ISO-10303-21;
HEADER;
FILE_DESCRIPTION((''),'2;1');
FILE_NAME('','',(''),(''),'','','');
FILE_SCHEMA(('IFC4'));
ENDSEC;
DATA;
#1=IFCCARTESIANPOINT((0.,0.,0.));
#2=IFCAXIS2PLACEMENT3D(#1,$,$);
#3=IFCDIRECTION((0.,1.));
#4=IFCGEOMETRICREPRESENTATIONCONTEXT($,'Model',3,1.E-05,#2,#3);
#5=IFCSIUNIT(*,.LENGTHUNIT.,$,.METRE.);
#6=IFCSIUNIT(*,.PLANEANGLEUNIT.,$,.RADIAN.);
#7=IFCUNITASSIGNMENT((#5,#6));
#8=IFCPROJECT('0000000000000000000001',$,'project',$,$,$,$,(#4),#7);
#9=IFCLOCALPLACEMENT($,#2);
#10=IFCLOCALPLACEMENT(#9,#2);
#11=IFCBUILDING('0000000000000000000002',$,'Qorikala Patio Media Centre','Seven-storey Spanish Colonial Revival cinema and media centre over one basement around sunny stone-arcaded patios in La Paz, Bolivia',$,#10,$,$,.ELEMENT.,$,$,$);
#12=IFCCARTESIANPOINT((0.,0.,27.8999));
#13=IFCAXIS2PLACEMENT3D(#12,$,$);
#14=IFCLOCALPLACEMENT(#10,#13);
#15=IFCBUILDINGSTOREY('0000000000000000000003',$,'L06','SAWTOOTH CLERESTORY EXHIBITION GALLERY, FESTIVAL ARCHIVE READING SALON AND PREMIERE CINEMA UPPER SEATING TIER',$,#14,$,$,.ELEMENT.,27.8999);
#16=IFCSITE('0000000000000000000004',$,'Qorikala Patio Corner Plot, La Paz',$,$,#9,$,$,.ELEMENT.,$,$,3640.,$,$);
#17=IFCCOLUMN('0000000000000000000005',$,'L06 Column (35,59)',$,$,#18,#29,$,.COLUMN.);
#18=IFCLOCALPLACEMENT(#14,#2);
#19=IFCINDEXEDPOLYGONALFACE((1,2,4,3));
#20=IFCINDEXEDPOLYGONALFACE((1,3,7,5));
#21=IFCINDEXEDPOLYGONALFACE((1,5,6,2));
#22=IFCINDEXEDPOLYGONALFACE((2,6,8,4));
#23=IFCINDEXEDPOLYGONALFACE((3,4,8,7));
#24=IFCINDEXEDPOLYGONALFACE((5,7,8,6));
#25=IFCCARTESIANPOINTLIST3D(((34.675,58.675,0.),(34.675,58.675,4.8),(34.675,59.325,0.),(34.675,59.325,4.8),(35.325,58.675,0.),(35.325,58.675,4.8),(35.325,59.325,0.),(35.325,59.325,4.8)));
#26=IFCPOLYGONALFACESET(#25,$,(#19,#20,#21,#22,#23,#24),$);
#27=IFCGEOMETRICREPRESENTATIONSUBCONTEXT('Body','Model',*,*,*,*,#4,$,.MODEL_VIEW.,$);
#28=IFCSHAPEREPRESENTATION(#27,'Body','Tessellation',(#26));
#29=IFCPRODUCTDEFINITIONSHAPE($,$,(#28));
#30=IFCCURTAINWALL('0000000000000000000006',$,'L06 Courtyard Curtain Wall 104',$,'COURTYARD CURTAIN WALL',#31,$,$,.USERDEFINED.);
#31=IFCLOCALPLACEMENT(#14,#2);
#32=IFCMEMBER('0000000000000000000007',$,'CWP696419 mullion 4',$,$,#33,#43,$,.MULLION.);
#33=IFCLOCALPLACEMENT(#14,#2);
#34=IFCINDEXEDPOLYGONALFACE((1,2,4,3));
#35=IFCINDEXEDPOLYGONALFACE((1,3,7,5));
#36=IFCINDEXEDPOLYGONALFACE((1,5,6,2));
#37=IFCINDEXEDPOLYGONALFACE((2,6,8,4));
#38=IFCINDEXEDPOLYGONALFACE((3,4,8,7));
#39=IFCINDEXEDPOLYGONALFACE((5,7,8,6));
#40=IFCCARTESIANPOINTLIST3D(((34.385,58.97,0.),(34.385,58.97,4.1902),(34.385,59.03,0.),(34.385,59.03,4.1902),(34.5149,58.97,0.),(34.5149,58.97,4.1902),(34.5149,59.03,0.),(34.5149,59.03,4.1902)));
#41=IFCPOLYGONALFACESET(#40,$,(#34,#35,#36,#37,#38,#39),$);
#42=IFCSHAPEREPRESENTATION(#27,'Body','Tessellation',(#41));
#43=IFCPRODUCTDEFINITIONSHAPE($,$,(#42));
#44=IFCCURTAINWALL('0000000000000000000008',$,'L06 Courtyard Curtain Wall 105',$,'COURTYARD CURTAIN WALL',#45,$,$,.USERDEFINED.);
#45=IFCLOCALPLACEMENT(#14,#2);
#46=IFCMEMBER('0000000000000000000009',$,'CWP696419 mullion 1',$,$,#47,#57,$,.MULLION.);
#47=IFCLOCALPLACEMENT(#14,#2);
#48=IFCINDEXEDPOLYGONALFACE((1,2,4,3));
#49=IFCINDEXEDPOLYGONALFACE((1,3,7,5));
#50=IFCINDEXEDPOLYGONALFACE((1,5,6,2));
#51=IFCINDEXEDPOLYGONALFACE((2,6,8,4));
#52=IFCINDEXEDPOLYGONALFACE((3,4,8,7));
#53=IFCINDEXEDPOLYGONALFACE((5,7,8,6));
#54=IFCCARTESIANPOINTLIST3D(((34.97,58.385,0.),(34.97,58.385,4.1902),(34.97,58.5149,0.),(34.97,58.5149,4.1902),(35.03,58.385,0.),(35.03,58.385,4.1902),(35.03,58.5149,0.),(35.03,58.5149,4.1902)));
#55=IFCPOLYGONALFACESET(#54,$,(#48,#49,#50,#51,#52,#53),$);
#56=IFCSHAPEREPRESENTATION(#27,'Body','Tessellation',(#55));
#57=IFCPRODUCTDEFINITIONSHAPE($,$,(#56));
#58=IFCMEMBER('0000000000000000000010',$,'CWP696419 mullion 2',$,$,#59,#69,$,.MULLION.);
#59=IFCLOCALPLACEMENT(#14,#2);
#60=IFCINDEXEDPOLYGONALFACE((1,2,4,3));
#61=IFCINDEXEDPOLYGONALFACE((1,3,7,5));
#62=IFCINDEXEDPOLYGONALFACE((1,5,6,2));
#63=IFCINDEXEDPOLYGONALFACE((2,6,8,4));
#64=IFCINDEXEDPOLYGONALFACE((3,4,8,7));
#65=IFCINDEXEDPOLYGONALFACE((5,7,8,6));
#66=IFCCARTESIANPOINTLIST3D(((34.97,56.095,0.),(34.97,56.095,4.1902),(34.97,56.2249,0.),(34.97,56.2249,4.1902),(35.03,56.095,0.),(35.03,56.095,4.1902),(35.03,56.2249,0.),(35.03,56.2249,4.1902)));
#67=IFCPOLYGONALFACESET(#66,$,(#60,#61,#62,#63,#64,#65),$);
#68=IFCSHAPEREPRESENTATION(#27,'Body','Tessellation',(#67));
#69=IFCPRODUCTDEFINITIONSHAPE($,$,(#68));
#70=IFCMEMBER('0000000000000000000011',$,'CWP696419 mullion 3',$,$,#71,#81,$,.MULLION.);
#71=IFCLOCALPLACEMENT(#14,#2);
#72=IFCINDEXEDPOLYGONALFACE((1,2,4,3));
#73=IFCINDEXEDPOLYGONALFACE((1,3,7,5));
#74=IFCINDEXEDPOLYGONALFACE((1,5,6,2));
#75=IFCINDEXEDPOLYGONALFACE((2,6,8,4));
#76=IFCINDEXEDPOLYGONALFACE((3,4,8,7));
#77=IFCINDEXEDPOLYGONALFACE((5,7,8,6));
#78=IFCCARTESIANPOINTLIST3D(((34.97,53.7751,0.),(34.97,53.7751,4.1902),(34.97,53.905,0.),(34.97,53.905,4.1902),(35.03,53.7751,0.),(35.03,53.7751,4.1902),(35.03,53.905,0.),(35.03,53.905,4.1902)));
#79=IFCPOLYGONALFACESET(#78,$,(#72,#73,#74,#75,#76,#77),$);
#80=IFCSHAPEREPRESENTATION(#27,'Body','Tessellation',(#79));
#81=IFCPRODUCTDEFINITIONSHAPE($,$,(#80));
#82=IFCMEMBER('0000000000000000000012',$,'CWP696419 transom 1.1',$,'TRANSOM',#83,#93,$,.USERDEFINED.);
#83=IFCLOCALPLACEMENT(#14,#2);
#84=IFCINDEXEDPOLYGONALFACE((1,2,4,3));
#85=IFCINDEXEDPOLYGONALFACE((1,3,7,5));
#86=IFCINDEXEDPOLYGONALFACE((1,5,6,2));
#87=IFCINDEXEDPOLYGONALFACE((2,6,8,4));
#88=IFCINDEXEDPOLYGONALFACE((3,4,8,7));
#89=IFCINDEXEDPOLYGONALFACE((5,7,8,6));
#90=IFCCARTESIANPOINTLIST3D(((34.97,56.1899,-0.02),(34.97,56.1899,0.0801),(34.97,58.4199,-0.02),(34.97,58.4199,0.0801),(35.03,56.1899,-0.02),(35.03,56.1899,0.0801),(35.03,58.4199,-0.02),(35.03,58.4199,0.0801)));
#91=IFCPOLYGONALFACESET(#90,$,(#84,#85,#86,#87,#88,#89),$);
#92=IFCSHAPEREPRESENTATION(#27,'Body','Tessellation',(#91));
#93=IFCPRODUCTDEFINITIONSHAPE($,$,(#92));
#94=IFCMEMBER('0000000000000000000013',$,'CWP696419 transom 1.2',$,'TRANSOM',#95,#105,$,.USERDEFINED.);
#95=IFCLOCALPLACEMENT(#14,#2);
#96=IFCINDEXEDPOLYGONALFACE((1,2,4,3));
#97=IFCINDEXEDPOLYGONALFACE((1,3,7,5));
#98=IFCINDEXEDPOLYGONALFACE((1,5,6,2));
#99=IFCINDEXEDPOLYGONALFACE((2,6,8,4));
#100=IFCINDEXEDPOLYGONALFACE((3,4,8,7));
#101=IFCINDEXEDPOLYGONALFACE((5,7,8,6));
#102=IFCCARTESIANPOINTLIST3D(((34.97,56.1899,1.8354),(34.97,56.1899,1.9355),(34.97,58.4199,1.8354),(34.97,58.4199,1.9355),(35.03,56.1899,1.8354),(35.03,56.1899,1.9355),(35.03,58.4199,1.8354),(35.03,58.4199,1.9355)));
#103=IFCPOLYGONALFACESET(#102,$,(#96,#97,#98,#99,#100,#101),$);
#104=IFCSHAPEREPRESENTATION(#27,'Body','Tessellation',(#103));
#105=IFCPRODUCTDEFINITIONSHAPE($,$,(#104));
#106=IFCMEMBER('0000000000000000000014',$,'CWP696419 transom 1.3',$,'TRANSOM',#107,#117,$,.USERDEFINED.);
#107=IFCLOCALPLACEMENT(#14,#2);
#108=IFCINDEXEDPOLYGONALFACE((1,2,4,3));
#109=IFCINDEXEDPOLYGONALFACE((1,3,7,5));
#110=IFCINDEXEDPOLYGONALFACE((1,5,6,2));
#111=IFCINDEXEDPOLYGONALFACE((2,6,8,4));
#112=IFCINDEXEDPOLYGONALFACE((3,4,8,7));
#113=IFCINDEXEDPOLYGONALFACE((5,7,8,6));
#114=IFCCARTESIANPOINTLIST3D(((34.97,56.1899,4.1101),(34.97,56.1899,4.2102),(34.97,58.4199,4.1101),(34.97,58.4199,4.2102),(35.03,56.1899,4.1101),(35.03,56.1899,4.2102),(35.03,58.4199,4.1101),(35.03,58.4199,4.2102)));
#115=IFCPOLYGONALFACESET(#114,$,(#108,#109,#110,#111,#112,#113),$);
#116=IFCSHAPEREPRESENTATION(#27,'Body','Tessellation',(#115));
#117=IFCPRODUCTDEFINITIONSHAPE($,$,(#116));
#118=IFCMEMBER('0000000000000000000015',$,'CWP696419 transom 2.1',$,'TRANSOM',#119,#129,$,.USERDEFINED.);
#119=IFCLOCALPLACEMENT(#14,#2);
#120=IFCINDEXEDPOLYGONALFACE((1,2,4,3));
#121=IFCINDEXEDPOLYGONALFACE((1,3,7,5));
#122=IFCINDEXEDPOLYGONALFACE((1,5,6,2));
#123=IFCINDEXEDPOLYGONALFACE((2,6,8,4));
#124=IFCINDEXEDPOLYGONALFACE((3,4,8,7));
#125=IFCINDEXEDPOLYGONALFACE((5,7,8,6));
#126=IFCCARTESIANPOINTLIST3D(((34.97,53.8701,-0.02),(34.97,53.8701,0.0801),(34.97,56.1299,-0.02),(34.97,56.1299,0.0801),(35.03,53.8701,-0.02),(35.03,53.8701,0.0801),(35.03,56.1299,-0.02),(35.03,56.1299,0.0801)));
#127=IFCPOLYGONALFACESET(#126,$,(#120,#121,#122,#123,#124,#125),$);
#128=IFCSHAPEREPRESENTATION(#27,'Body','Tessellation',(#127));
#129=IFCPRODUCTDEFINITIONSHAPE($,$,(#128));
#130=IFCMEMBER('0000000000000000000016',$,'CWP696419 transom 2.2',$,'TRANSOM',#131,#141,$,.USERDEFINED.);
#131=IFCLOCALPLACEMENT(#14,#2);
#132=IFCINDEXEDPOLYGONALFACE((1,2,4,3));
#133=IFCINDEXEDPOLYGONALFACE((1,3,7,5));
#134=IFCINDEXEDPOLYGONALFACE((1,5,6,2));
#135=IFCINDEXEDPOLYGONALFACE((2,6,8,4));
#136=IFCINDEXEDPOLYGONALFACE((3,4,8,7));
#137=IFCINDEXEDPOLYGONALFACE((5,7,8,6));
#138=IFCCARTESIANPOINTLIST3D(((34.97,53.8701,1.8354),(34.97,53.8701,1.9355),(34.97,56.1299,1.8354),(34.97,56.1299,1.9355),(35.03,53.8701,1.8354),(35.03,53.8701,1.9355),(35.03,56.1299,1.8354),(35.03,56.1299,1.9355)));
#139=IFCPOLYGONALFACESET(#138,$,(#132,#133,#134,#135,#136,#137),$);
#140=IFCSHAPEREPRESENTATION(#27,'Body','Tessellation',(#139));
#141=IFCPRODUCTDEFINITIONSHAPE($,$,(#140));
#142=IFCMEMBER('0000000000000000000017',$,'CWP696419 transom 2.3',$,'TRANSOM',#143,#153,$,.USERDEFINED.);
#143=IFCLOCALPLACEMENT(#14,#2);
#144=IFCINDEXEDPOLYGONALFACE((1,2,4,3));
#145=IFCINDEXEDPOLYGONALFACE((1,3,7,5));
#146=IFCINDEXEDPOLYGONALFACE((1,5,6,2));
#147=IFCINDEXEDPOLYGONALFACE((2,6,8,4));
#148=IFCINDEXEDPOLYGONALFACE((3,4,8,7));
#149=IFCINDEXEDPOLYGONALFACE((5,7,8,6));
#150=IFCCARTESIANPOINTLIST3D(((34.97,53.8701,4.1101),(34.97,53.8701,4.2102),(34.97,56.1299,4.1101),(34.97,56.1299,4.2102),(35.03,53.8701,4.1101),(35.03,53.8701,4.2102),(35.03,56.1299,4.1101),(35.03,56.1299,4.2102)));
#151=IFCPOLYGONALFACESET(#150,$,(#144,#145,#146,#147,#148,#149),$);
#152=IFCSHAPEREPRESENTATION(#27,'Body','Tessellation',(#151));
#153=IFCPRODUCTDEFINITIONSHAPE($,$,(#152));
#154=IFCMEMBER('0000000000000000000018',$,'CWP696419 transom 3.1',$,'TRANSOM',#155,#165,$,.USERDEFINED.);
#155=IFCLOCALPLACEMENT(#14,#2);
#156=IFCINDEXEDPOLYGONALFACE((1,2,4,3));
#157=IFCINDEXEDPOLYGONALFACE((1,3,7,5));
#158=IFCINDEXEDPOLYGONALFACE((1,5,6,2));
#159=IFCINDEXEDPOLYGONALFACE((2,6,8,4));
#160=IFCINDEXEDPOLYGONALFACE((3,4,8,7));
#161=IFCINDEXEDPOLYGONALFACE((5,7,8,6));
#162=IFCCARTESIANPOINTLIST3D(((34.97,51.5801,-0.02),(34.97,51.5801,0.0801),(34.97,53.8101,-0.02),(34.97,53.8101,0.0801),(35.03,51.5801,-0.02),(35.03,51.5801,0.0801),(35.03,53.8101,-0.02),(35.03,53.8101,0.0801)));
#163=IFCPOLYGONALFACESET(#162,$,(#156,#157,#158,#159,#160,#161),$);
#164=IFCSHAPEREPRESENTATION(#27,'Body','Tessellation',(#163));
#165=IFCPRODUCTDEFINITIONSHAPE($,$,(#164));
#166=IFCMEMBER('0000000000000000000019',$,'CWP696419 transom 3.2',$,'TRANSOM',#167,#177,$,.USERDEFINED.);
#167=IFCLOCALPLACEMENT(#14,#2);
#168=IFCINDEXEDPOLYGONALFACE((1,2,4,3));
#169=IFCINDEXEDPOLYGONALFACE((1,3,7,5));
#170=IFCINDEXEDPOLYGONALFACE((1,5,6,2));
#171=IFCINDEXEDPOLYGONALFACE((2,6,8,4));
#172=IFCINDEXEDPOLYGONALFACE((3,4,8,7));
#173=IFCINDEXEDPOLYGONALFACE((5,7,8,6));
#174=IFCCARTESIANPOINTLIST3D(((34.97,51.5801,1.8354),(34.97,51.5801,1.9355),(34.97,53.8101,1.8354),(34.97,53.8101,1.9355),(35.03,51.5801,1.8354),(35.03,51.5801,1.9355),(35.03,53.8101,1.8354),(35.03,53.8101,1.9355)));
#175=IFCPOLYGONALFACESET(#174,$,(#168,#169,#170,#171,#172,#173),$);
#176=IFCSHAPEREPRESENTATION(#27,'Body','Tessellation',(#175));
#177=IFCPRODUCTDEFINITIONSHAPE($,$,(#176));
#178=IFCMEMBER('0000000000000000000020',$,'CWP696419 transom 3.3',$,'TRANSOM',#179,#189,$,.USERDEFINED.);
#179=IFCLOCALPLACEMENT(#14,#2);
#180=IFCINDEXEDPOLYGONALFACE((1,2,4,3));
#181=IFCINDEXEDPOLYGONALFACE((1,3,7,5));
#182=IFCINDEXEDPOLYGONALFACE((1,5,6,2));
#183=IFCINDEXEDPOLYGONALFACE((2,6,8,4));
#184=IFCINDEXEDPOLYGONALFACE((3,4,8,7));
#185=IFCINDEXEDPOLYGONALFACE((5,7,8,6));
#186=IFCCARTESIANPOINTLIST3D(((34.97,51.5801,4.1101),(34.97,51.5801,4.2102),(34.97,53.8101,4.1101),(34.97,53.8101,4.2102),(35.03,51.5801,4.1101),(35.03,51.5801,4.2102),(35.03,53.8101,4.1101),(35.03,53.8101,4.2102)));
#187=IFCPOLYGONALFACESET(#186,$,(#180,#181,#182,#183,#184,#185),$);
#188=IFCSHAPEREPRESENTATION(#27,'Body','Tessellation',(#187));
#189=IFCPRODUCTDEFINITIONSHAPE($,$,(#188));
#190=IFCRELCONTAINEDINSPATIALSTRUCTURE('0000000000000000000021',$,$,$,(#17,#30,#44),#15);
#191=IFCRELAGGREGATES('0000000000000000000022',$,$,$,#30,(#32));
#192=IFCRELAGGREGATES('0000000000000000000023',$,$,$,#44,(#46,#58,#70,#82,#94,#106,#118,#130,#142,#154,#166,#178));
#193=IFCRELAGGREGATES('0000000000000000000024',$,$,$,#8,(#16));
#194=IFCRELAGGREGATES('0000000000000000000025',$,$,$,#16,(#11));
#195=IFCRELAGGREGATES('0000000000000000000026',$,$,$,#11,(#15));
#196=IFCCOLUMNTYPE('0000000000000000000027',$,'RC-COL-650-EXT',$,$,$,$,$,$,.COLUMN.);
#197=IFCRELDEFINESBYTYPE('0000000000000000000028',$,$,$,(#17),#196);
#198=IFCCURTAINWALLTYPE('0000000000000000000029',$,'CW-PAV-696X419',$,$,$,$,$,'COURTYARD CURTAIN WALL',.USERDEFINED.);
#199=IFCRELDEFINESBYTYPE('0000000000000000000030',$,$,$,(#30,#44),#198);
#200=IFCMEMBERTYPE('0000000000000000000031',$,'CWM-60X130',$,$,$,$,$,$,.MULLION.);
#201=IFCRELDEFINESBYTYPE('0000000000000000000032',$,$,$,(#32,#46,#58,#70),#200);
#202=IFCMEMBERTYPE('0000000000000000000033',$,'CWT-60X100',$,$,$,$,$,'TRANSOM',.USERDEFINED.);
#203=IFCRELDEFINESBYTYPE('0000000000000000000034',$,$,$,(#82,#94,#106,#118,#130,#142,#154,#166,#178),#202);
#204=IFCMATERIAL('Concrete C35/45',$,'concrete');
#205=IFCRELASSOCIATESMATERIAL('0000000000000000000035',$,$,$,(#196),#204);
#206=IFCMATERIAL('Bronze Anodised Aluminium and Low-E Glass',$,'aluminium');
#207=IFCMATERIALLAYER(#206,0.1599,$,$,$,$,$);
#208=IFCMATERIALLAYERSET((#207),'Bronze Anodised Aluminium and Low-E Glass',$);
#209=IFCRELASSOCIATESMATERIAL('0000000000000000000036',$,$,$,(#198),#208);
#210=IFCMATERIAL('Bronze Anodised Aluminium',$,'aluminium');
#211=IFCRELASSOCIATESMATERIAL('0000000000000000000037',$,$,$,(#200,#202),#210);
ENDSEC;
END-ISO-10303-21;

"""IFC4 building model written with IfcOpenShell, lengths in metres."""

from ifc_helpers import new_model, si_unit, direction, frame, origin, origin_2d, place, context, subcontext, project, spatial, rectangle, extrude, material, layer, layer_set, material_profile, profile_set, type_object, element, aggregate, save


model = new_model("IFC4")

# Units and contexts
model_context = context("Model", 3, precision=1e-05, world=origin(), true_north=direction((0.0, 1.0)))
body_context = subcontext(model_context, "Body", "Model", "MODEL_VIEW")
ifc_project = project(units=[si_unit("LENGTHUNIT", "METRE"), si_unit("PLANEANGLEUNIT", "RADIAN")], contexts=[model_context])

# Site, building, storey
site_placement = place(None, origin())
site = spatial("IfcSite", under=ifc_project, at=site_placement, Name="Qorikala Patio Corner Plot, La Paz", CompositionType="ELEMENT", RefElevation=3640.0)
building_placement = place(site_placement, origin())
building = spatial("IfcBuilding", under=site, at=building_placement, Name="Qorikala Patio Media Centre", Description="Seven-storey Spanish Colonial Revival cinema and media centre over one basement around sunny stone-arcaded patios in La Paz, Bolivia", CompositionType="ELEMENT")
storey_placement = place(building_placement, frame((0.0, 0.0, 27.8999)))
storey = spatial("IfcBuildingStorey", under=building, at=storey_placement, Name="L06", Description="SAWTOOTH CLERESTORY EXHIBITION GALLERY, FESTIVAL ARCHIVE READING SALON AND PREMIERE CINEMA UPPER SEATING TIER", CompositionType="ELEMENT", Elevation=27.8999)

# Column
ifc_material_1 = material(Name="Concrete C35/45", Category="concrete")
ifc_material_profile_1 = material_profile(ifc_material_1, rectangle(XDim=0.6499, YDim=0.6499, at=origin_2d()), Name="RC 650x650")
ifc_profile_set_1 = profile_set([ifc_material_profile_1], Name="Concrete C35/45")
column_type = type_object("IfcColumnType", Name="RC-COL-650-EXT", PredefinedType="COLUMN", material=ifc_profile_set_1)
column_placement = place(storey_placement, frame((35.0, 59.0, 0.0), z_axis=(0.0, 0.0, 1.0), x_axis=(1.0, 0.0, 0.0)))
element("IfcColumn", 1, at=column_placement, inside=storey, type_object=column_type, Name="L06 Column (35,59)", PredefinedType="COLUMN", context=body_context, shape_type="SweptSolid", body=[
    extrude(rectangle(XDim=0.6499, YDim=0.6499, at=origin_2d()), origin(), (0.0, 0.0, 1.0), 4.8),
])

# Curtain wall, member
ifc_material_2 = material(Name="Bronze Anodised Aluminium and Low-E Glass", Category="aluminium")
ifc_layer_1 = layer(ifc_material_2, 0.1599)
ifc_layer_set_1 = layer_set([ifc_layer_1], Name="Bronze Anodised Aluminium and Low-E Glass")
curtain_wall_type = type_object("IfcCurtainWallType", Name="CW-PAV-696X419", ElementType="COURTYARD CURTAIN WALL", PredefinedType="USERDEFINED", material=ifc_layer_set_1)
curtain_wall_1_placement = place(storey_placement, origin())
curtain_wall_1 = element("IfcCurtainWall", 2, at=curtain_wall_1_placement, inside=storey, type_object=curtain_wall_type, Name="L06 Courtyard Curtain Wall 104", ObjectType="COURTYARD CURTAIN WALL", PredefinedType="USERDEFINED")
ifc_material_3 = material(Name="Bronze Anodised Aluminium", Category="aluminium")
ifc_material_profile_2 = material_profile(ifc_material_3, rectangle(XDim=0.0601, YDim=0.1299, at=origin_2d()), Name="ALU MULLION 60x130")
ifc_profile_set_2 = profile_set([ifc_material_profile_2], Name="Bronze Anodised Aluminium")
member_type_1 = type_object("IfcMemberType", Name="CWM-60X130", PredefinedType="MULLION", material=ifc_profile_set_2)
member_1_placement = place(storey_placement, frame((34.45, 59.0, 0.0), z_axis=(0.0, 0.0, 1.0), x_axis=(0.0, 1.0, 0.0)))
member_1 = element("IfcMember", 3, at=member_1_placement, type_object=member_type_1, Name="CWP696419 mullion 4", PredefinedType="MULLION", context=body_context, shape_type="SweptSolid", body=[
    extrude(rectangle(XDim=0.0601, YDim=0.1299, at=origin_2d()), origin(), (0.0, 0.0, 1.0), 4.1902),
])
aggregate(curtain_wall_1, [member_1])

# Curtain wall, members
curtain_wall_2_placement = place(storey_placement, origin())
curtain_wall_2 = element("IfcCurtainWall", 4, at=curtain_wall_2_placement, inside=storey, type_object=curtain_wall_type, Name="L06 Courtyard Curtain Wall 105", ObjectType="COURTYARD CURTAIN WALL", PredefinedType="USERDEFINED")
member_2_placement = place(storey_placement, frame((35.0, 58.45, 0.0), z_axis=(0.0, 0.0, 1.0), x_axis=(1.0, 0.0, 0.0)))
member_2 = element("IfcMember", 5, at=member_2_placement, type_object=member_type_1, Name="CWP696419 mullion 1", PredefinedType="MULLION", context=body_context, shape_type="SweptSolid", body=[
    extrude(rectangle(XDim=0.0601, YDim=0.1299, at=origin_2d()), origin(), (0.0, 0.0, 1.0), 4.1902),
])
member_3_placement = place(storey_placement, frame((35.0, 56.1599, 0.0), z_axis=(0.0, 0.0, 1.0), x_axis=(1.0, 0.0, 0.0)))
member_3 = element("IfcMember", 6, at=member_3_placement, type_object=member_type_1, Name="CWP696419 mullion 2", PredefinedType="MULLION", context=body_context, shape_type="SweptSolid", body=[
    extrude(rectangle(XDim=0.0601, YDim=0.1299, at=origin_2d()), origin(), (0.0, 0.0, 1.0), 4.1902),
])
member_4_placement = place(storey_placement, frame((35.0, 53.8401, 0.0), z_axis=(0.0, 0.0, 1.0), x_axis=(1.0, 0.0, 0.0)))
member_4 = element("IfcMember", 7, at=member_4_placement, type_object=member_type_1, Name="CWP696419 mullion 3", PredefinedType="MULLION", context=body_context, shape_type="SweptSolid", body=[
    extrude(rectangle(XDim=0.0601, YDim=0.1299, at=origin_2d()), origin(), (0.0, 0.0, 1.0), 4.1902),
])
ifc_material_profile_3 = material_profile(ifc_material_3, rectangle(XDim=0.0601, YDim=0.1001, at=origin_2d()), Name="ALU TRANSOM 60x100")
ifc_profile_set_3 = profile_set([ifc_material_profile_3], Name="Bronze Anodised Aluminium")
member_type_2 = type_object("IfcMemberType", Name="CWT-60X100", ElementType="TRANSOM", PredefinedType="USERDEFINED", material=ifc_profile_set_3)
member_5_placement = place(storey_placement, frame((35.0, 58.4199, 0.03), z_axis=(0.0, -1.0, 0.0), x_axis=(1.0, 0.0, 0.0)))
member_5 = element("IfcMember", 8, at=member_5_placement, type_object=member_type_2, Name="CWP696419 transom 1.1", ObjectType="TRANSOM", PredefinedType="USERDEFINED", context=body_context, shape_type="SweptSolid", body=[
    extrude(rectangle(XDim=0.0601, YDim=0.1001, at=origin_2d()), origin(), (0.0, 0.0, 1.0), 2.23),
])
member_6_placement = place(storey_placement, frame((35.0, 58.4199, 1.8855), z_axis=(0.0, -1.0, 0.0), x_axis=(1.0, 0.0, 0.0)))
member_6 = element("IfcMember", 9, at=member_6_placement, type_object=member_type_2, Name="CWP696419 transom 1.2", ObjectType="TRANSOM", PredefinedType="USERDEFINED", context=body_context, shape_type="SweptSolid", body=[
    extrude(rectangle(XDim=0.0601, YDim=0.1001, at=origin_2d()), origin(), (0.0, 0.0, 1.0), 2.23),
])
member_7_placement = place(storey_placement, frame((35.0, 58.4199, 4.1602), z_axis=(0.0, -1.0, 0.0), x_axis=(1.0, 0.0, 0.0)))
member_7 = element("IfcMember", 10, at=member_7_placement, type_object=member_type_2, Name="CWP696419 transom 1.3", ObjectType="TRANSOM", PredefinedType="USERDEFINED", context=body_context, shape_type="SweptSolid", body=[
    extrude(rectangle(XDim=0.0601, YDim=0.1001, at=origin_2d()), origin(), (0.0, 0.0, 1.0), 2.23),
])
member_8_placement = place(storey_placement, frame((35.0, 56.1299, 0.03), z_axis=(0.0, -1.0, 0.0), x_axis=(1.0, 0.0, 0.0)))
member_8 = element("IfcMember", 11, at=member_8_placement, type_object=member_type_2, Name="CWP696419 transom 2.1", ObjectType="TRANSOM", PredefinedType="USERDEFINED", context=body_context, shape_type="SweptSolid", body=[
    extrude(rectangle(XDim=0.0601, YDim=0.1001, at=origin_2d()), origin(), (0.0, 0.0, 1.0), 2.2598),
])
member_9_placement = place(storey_placement, frame((35.0, 56.1299, 1.8855), z_axis=(0.0, -1.0, 0.0), x_axis=(1.0, 0.0, 0.0)))
member_9 = element("IfcMember", 12, at=member_9_placement, type_object=member_type_2, Name="CWP696419 transom 2.2", ObjectType="TRANSOM", PredefinedType="USERDEFINED", context=body_context, shape_type="SweptSolid", body=[
    extrude(rectangle(XDim=0.0601, YDim=0.1001, at=origin_2d()), origin(), (0.0, 0.0, 1.0), 2.2598),
])
member_10_placement = place(storey_placement, frame((35.0, 56.1299, 4.1602), z_axis=(0.0, -1.0, 0.0), x_axis=(1.0, 0.0, 0.0)))
member_10 = element("IfcMember", 13, at=member_10_placement, type_object=member_type_2, Name="CWP696419 transom 2.3", ObjectType="TRANSOM", PredefinedType="USERDEFINED", context=body_context, shape_type="SweptSolid", body=[
    extrude(rectangle(XDim=0.0601, YDim=0.1001, at=origin_2d()), origin(), (0.0, 0.0, 1.0), 2.2598),
])
member_11_placement = place(storey_placement, frame((35.0, 53.8101, 0.03), z_axis=(0.0, -1.0, 0.0), x_axis=(1.0, 0.0, 0.0)))
member_11 = element("IfcMember", 14, at=member_11_placement, type_object=member_type_2, Name="CWP696419 transom 3.1", ObjectType="TRANSOM", PredefinedType="USERDEFINED", context=body_context, shape_type="SweptSolid", body=[
    extrude(rectangle(XDim=0.0601, YDim=0.1001, at=origin_2d()), origin(), (0.0, 0.0, 1.0), 2.23),
])
member_12_placement = place(storey_placement, frame((35.0, 53.8101, 1.8855), z_axis=(0.0, -1.0, 0.0), x_axis=(1.0, 0.0, 0.0)))
member_12 = element("IfcMember", 15, at=member_12_placement, type_object=member_type_2, Name="CWP696419 transom 3.2", ObjectType="TRANSOM", PredefinedType="USERDEFINED", context=body_context, shape_type="SweptSolid", body=[
    extrude(rectangle(XDim=0.0601, YDim=0.1001, at=origin_2d()), origin(), (0.0, 0.0, 1.0), 2.23),
])
member_13_placement = place(storey_placement, frame((35.0, 53.8101, 4.1602), z_axis=(0.0, -1.0, 0.0), x_axis=(1.0, 0.0, 0.0)))
member_13 = element("IfcMember", 16, at=member_13_placement, type_object=member_type_2, Name="CWP696419 transom 3.3", ObjectType="TRANSOM", PredefinedType="USERDEFINED", context=body_context, shape_type="SweptSolid", body=[
    extrude(rectangle(XDim=0.0601, YDim=0.1001, at=origin_2d()), origin(), (0.0, 0.0, 1.0), 2.23),
])

aggregate(curtain_wall_2, [member_2, member_3, member_4, member_5, member_6, member_7, member_8, member_9, member_10, member_11, member_12, member_13])

save(model, "model.ifc")
